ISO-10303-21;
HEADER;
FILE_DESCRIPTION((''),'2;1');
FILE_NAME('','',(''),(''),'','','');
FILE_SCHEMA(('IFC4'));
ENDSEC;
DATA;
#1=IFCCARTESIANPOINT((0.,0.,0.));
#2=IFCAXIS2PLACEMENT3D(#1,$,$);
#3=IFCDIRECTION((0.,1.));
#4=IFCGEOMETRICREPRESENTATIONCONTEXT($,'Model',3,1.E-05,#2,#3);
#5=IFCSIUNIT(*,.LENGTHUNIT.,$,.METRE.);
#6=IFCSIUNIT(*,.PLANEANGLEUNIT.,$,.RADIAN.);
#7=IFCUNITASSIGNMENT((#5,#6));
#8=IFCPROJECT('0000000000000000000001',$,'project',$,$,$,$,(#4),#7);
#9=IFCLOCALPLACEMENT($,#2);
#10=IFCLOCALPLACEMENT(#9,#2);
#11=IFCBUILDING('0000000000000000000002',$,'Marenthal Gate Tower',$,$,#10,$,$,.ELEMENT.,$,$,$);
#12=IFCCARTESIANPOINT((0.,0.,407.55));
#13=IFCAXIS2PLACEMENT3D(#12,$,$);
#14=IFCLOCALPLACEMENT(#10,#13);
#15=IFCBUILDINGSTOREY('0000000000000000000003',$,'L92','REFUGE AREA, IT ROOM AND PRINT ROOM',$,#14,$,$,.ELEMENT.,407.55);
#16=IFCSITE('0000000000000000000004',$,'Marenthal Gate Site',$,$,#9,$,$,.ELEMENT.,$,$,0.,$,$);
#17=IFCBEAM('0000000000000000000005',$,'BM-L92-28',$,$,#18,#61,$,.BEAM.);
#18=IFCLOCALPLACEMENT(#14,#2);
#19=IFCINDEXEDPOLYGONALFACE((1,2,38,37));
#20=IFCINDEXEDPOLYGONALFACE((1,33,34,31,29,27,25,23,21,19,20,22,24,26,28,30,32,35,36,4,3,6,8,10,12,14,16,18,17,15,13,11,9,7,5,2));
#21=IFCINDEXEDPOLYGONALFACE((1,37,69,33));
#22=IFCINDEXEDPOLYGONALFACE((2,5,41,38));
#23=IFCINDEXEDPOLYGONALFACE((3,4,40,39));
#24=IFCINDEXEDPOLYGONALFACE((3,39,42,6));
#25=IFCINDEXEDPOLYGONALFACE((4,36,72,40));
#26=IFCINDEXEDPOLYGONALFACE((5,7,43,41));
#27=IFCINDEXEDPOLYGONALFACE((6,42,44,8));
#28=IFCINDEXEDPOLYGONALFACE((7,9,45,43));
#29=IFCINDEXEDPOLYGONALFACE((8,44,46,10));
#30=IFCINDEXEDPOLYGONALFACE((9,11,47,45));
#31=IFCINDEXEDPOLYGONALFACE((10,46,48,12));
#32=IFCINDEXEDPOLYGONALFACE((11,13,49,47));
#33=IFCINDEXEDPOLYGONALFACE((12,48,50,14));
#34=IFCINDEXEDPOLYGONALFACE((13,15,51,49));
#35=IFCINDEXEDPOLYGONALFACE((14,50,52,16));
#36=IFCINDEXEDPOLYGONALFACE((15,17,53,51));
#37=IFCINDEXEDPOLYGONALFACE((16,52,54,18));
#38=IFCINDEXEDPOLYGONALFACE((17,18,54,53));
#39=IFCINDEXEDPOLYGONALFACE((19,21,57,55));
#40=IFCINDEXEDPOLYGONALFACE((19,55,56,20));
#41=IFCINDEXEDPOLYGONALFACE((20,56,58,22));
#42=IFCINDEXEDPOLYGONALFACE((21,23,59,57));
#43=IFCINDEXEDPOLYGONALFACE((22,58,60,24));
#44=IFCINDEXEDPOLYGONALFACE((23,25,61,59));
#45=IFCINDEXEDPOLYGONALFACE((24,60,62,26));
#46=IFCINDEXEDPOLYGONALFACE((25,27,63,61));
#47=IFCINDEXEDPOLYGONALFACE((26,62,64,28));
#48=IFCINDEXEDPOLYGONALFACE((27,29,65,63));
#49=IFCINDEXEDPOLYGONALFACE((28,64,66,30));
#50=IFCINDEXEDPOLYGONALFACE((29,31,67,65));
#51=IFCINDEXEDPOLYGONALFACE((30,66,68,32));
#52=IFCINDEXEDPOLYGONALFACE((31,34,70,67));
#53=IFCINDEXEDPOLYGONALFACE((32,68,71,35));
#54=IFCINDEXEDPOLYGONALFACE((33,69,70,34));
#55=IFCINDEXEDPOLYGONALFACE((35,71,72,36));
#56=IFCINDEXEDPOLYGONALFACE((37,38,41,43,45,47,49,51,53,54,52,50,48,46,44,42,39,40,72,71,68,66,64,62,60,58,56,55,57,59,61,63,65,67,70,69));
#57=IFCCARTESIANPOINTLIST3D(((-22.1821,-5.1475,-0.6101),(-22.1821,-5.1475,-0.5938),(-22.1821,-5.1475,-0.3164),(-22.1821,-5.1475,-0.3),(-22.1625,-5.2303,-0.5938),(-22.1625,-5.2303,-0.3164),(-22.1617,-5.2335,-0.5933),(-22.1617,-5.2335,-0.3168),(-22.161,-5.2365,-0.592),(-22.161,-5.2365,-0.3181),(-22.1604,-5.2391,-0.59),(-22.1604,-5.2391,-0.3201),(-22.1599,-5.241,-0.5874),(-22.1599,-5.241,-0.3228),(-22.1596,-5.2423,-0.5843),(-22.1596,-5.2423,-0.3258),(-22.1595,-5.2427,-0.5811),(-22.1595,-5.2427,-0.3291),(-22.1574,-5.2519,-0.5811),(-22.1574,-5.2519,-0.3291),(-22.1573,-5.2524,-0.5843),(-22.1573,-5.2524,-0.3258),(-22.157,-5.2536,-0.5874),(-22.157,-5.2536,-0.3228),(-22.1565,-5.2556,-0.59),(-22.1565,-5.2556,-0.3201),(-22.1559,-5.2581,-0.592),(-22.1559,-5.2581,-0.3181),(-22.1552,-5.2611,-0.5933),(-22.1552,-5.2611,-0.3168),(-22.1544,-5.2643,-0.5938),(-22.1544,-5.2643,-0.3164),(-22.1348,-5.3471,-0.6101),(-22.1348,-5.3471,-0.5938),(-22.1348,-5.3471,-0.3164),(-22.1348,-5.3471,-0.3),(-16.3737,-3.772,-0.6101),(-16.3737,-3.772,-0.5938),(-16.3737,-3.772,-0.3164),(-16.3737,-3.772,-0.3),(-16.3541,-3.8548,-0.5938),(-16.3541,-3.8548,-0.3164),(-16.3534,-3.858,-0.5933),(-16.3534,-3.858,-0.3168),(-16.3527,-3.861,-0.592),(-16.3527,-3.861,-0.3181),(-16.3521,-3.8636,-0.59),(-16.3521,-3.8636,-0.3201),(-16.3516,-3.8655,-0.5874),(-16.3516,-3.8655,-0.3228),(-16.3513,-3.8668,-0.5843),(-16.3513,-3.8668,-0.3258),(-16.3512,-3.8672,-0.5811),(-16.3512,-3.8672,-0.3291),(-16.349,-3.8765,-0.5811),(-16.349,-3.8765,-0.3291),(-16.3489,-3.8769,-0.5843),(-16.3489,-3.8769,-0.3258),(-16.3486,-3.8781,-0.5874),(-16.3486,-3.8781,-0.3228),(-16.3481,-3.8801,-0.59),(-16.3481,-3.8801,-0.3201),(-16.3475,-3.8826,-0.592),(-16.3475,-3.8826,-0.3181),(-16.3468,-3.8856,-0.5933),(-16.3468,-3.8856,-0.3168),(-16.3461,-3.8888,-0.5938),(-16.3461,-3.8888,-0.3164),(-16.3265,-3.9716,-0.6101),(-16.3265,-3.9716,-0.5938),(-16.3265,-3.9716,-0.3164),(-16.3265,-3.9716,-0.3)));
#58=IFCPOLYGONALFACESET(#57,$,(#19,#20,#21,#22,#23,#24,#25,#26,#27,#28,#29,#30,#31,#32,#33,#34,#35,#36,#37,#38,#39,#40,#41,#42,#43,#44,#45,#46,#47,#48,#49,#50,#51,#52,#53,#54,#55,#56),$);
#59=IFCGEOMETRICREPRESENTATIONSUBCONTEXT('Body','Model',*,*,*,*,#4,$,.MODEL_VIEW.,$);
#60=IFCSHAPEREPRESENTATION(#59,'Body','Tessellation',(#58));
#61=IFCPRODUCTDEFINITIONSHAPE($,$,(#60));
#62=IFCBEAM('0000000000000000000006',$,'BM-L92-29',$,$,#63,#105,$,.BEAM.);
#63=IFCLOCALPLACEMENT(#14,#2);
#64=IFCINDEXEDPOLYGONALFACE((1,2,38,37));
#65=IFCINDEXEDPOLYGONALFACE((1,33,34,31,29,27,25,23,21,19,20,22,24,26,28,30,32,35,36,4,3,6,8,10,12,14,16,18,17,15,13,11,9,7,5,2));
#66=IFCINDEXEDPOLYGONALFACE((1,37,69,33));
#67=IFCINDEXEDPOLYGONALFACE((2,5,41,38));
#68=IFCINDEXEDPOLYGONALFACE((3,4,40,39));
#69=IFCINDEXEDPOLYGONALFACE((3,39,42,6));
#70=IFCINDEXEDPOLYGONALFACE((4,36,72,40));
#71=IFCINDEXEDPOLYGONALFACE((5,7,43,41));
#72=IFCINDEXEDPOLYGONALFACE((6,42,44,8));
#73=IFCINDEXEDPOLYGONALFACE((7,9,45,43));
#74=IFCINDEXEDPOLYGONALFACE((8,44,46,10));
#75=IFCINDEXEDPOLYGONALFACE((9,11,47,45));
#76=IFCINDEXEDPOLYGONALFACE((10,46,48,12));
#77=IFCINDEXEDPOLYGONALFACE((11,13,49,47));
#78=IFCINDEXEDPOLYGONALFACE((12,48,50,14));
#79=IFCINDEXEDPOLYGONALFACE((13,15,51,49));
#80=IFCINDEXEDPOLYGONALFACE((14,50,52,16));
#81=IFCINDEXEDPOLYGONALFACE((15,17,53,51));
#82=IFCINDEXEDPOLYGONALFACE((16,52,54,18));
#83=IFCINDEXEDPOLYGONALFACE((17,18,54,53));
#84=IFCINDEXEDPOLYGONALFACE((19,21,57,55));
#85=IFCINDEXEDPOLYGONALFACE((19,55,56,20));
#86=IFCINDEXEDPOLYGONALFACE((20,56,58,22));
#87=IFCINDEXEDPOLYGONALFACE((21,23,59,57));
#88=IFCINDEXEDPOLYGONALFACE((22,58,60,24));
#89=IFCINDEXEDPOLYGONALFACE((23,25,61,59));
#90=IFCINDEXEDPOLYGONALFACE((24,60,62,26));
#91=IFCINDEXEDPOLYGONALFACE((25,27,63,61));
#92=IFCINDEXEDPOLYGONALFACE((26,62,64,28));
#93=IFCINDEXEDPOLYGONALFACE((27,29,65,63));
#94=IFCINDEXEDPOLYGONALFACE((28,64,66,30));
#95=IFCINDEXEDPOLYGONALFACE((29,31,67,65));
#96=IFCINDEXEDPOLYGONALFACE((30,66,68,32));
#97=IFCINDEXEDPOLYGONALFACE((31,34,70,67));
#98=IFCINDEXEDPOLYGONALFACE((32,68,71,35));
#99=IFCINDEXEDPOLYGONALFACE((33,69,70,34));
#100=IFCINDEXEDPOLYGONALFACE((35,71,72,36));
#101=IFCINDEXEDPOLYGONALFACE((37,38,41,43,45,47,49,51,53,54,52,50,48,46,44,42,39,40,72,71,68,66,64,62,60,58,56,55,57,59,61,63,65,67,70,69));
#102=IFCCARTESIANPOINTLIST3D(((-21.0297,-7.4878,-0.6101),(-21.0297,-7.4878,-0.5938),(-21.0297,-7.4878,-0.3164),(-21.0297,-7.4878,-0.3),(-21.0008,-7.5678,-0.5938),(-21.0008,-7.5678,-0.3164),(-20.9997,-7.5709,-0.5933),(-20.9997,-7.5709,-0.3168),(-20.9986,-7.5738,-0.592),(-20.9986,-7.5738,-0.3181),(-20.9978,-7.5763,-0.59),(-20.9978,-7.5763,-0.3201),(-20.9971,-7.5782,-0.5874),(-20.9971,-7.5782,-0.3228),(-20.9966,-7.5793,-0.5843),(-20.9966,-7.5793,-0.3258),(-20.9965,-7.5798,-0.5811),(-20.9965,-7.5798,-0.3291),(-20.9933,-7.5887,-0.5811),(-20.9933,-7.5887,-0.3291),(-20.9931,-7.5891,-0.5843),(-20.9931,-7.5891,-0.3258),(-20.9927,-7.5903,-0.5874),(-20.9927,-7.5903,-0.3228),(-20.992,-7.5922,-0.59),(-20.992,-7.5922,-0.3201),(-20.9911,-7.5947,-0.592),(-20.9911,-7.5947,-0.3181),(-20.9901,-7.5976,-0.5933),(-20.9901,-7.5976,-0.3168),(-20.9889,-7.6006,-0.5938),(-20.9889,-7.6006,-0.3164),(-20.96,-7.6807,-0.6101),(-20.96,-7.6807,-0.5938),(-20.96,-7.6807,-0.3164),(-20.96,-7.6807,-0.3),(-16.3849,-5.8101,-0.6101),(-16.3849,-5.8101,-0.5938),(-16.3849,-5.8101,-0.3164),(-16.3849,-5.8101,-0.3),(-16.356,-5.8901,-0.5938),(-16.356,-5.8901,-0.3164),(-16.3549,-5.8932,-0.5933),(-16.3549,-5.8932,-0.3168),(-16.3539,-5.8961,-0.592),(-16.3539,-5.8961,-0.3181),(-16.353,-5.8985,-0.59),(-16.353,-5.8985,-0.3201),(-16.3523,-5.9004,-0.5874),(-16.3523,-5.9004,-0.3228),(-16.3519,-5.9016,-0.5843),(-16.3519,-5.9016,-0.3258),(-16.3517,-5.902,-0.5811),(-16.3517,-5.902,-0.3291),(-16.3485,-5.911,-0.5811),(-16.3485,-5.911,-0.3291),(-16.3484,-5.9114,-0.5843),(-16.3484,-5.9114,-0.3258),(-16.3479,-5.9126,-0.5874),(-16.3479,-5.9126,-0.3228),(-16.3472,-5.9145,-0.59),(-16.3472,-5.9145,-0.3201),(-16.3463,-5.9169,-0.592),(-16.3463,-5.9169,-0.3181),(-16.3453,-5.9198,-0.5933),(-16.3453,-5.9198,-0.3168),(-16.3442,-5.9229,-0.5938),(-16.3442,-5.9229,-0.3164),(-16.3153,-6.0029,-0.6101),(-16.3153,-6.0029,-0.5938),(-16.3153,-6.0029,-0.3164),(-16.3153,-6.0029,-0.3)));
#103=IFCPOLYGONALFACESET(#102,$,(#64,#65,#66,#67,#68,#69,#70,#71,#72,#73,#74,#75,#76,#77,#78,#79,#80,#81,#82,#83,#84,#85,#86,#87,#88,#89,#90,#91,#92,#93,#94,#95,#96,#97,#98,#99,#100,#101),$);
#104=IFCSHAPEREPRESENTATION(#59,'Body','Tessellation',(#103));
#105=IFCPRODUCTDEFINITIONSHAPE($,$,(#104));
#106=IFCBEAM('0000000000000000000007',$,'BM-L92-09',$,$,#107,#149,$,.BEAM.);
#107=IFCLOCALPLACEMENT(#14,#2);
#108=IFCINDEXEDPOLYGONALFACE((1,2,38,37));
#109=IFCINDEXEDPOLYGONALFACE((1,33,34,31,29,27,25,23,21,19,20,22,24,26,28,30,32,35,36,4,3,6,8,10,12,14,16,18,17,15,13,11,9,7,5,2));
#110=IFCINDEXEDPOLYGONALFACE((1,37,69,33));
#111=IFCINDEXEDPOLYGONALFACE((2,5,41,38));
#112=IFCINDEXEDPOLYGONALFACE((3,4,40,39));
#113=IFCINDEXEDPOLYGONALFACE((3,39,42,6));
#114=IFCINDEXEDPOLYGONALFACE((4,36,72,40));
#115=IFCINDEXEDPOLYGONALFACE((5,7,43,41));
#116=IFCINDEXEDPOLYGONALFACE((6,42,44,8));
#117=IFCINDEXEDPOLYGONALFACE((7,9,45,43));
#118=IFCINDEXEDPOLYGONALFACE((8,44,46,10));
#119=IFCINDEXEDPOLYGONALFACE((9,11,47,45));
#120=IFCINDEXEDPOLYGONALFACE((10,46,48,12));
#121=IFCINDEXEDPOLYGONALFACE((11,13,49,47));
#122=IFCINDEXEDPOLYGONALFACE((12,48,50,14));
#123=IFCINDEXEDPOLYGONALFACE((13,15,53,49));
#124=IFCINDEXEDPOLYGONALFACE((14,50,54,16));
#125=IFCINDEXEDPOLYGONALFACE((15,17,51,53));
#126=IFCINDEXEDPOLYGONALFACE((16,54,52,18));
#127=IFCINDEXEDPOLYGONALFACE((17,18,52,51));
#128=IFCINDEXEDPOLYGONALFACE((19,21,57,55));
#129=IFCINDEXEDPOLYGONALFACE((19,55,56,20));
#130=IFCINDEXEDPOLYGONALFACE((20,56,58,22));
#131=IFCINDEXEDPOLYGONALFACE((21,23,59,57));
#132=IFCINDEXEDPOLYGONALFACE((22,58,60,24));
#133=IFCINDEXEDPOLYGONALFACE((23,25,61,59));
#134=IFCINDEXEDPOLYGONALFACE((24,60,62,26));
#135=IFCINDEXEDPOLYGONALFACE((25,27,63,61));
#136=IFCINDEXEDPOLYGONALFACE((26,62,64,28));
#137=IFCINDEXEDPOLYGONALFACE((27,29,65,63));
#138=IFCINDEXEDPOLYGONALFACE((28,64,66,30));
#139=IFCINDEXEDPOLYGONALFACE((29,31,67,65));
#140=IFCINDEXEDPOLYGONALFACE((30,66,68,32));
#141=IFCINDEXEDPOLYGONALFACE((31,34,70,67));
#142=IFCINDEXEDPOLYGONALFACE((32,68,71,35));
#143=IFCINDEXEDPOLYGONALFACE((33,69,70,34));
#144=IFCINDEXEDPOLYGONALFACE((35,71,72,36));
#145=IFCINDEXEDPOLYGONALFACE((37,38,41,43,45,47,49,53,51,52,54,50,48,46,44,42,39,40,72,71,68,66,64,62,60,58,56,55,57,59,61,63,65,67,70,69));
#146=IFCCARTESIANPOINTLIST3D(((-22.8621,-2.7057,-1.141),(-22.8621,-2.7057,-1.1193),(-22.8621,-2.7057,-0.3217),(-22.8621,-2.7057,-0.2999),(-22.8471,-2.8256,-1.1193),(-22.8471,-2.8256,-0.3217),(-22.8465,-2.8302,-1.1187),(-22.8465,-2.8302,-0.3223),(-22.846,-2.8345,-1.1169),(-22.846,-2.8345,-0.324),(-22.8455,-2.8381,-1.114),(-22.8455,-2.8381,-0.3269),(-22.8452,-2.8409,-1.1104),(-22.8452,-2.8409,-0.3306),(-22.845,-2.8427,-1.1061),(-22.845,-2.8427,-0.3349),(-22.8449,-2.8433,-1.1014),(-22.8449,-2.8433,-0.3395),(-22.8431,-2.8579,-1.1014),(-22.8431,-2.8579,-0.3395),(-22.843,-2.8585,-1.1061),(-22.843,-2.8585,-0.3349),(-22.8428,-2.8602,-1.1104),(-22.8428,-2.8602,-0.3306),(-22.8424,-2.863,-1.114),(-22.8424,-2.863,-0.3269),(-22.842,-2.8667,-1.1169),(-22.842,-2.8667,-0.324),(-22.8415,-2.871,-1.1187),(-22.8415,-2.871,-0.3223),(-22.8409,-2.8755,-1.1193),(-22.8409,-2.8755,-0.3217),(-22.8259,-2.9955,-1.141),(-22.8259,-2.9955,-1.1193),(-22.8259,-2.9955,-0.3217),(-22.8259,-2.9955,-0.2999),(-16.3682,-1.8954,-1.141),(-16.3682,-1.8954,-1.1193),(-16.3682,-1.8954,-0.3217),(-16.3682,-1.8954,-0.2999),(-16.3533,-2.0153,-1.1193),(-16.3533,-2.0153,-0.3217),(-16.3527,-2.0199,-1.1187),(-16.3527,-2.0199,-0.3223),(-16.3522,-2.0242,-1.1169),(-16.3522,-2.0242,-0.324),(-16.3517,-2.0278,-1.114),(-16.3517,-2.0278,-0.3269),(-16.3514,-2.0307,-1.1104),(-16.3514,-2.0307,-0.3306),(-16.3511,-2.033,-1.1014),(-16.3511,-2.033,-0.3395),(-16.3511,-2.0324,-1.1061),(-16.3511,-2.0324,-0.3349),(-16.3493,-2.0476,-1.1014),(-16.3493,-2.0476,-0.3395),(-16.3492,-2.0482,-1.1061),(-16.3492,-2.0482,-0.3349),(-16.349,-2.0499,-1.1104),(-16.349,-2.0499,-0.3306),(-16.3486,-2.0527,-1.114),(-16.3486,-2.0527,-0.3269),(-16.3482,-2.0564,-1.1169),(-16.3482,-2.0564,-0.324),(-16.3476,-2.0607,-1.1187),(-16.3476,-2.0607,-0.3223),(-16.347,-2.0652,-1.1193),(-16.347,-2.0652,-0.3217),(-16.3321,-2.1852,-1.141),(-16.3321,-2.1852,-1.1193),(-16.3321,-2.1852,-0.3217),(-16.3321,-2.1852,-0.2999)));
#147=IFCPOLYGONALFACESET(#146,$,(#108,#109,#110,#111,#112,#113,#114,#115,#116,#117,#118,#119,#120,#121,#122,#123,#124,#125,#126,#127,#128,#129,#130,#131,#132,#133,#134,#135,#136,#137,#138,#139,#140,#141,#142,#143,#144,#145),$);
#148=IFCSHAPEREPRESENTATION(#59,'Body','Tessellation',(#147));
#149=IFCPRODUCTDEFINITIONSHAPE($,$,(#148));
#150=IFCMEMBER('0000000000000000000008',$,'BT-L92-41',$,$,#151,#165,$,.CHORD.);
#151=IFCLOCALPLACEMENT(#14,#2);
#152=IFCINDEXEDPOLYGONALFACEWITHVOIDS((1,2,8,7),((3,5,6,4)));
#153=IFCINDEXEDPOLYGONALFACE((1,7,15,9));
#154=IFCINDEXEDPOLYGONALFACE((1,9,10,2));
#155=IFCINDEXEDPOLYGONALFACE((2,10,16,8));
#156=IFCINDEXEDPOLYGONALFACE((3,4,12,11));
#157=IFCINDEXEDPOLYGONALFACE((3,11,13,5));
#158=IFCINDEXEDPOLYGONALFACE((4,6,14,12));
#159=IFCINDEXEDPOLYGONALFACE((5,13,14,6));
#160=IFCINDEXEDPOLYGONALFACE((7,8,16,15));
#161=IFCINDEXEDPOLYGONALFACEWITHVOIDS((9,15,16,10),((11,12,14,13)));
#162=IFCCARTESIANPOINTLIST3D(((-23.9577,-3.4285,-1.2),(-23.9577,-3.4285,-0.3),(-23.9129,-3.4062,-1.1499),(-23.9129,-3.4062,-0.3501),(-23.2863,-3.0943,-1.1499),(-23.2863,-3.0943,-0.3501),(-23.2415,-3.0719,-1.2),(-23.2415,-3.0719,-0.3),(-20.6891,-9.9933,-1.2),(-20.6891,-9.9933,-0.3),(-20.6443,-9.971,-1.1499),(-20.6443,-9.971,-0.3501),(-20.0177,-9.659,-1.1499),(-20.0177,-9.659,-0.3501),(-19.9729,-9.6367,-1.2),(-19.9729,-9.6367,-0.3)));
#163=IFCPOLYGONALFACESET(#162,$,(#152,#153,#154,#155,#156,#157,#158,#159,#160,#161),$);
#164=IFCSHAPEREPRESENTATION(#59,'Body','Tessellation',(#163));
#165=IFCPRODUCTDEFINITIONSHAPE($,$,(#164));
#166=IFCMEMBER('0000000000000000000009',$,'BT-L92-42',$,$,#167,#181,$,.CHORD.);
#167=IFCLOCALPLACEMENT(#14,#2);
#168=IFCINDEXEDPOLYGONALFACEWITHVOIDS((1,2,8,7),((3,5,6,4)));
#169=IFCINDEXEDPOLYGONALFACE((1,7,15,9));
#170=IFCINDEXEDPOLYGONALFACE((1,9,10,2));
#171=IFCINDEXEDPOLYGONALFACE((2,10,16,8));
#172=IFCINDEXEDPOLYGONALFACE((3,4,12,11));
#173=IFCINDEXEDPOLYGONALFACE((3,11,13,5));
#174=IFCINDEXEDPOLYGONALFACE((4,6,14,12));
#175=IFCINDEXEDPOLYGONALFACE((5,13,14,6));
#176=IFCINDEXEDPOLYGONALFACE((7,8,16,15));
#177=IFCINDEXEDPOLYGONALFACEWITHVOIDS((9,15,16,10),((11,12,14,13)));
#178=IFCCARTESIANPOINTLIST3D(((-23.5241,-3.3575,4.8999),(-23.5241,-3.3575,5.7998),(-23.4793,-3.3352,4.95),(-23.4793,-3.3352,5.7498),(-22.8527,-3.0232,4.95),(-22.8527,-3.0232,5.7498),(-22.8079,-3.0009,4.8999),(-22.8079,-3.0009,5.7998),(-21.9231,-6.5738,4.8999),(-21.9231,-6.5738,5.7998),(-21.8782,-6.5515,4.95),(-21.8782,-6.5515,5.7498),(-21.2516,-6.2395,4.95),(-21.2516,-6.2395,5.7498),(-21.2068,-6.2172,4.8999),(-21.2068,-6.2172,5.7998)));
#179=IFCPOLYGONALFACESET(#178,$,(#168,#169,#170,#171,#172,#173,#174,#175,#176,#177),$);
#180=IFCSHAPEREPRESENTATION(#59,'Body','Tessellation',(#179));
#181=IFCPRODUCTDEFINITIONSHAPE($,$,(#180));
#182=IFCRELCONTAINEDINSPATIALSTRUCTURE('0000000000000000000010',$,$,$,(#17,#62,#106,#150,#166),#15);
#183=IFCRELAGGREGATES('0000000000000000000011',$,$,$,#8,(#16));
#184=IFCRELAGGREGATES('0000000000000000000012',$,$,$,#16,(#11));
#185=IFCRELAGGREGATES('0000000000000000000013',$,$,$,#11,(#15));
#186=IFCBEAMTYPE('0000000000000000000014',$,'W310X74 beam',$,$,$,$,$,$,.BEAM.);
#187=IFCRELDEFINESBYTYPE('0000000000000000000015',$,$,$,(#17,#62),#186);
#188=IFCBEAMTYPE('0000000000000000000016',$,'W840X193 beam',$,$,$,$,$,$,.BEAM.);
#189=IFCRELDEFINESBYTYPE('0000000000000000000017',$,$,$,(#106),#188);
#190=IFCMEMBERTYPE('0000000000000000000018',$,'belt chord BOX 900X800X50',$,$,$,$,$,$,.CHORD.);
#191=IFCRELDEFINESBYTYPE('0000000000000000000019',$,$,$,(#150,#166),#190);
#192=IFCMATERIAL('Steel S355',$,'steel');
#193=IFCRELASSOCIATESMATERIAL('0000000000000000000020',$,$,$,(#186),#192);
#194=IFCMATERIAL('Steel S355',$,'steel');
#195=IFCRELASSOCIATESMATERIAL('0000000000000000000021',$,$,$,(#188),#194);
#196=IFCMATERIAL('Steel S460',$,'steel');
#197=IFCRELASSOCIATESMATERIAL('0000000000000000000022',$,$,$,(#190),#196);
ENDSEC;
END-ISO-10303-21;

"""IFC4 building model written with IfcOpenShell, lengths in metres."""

from ifc_helpers import new_model, si_unit, direction, frame, origin, origin_2d, place, context, subcontext, project, spatial, hollow_rectangle, i_section, extrude, material, material_profile, profile_set, type_object, element, save


model = new_model("IFC4")

# Units and contexts
model_context = context("Model", 3, precision=1e-05, world=origin(), true_north=direction((0.0, 1.0)))
body_context = subcontext(model_context, "Body", "Model", "MODEL_VIEW")
ifc_project = project(units=[si_unit("LENGTHUNIT", "METRE"), si_unit("PLANEANGLEUNIT", "RADIAN")], contexts=[model_context])

# Site, building, storey
site_placement = place(None, origin())
site = spatial("IfcSite", under=ifc_project, at=site_placement, Name="Marenthal Gate Site", CompositionType="ELEMENT", RefElevation=0.0)
building_placement = place(site_placement, origin())
building = spatial("IfcBuilding", under=site, at=building_placement, Name="Marenthal Gate Tower", CompositionType="ELEMENT")
storey_placement = place(building_placement, frame((0.0, 0.0, 407.55)))
storey = spatial("IfcBuildingStorey", under=building, at=storey_placement, Name="L92", Description="REFUGE AREA, IT ROOM AND PRINT ROOM", CompositionType="ELEMENT", Elevation=407.55)

# Beams
ifc_material_1 = material(Name="Steel S355", Category="steel")
ifc_material_profile_1 = material_profile(ifc_material_1, i_section(OverallWidth=0.2051, OverallDepth=0.3101, WebThickness=0.0095, FlangeThickness=0.0164, FilletRadius=0.0127, at=origin_2d()), Name="W310X74")
ifc_profile_set_1 = profile_set([ifc_material_profile_1], Name="Steel S355")
beam_type_1 = type_object("IfcBeamType", Name="W310X74 beam", PredefinedType="BEAM", material=ifc_profile_set_1)
beam_1_placement = place(storey_placement, frame((-22.1584, -5.2473, -0.4551), z_axis=(0.973087, 0.230439, 0.0), x_axis=(-0.230439, 0.973087, 0.0)))
element("IfcBeam", 1, at=beam_1_placement, inside=storey, type_object=beam_type_1, Name="BM-L92-28", PredefinedType="BEAM", context=body_context, shape_type="SweptSolid", body=[
    extrude(i_section(OverallWidth=0.2051, OverallDepth=0.3101, WebThickness=0.0095, FlangeThickness=0.0164, FilletRadius=0.0127, at=origin_2d()), origin(), (0.0, 0.0, 1.0), 5.969),
])
beam_2_placement = place(storey_placement, frame((-20.9949, -7.5842, -0.4551), z_axis=(0.940525, 0.339726, 0.0), x_axis=(-0.339726, 0.940525, 0.0)))
element("IfcBeam", 2, at=beam_2_placement, inside=storey, type_object=beam_type_1, Name="BM-L92-29", PredefinedType="BEAM", context=body_context, shape_type="SweptSolid", body=[
    extrude(i_section(OverallWidth=0.2051, OverallDepth=0.3101, WebThickness=0.0095, FlangeThickness=0.0164, FilletRadius=0.0127, at=origin_2d()), origin(), (0.0, 0.0, 1.0), 4.9385),
])
ifc_material_2 = material(Name="Steel S355", Category="steel")
ifc_material_profile_2 = material_profile(ifc_material_2, i_section(OverallWidth=0.292, OverallDepth=0.8411, WebThickness=0.0146, FlangeThickness=0.0217, FilletRadius=0.0178, at=origin_2d()), Name="W840X193")
ifc_profile_set_2 = profile_set([ifc_material_profile_2], Name="Steel S355")
beam_type_2 = type_object("IfcBeamType", Name="W840X193 beam", PredefinedType="BEAM", material=ifc_profile_set_2)
beam_3_placement = place(storey_placement, frame((-22.844, -2.8506, -0.7205), z_axis=(0.992305, 0.123819, 0.0), x_axis=(-0.123819, 0.992305, 0.0)))
element("IfcBeam", 3, at=beam_3_placement, inside=storey, type_object=beam_type_2, Name="BM-L92-09", PredefinedType="BEAM", context=body_context, shape_type="SweptSolid", body=[
    extrude(i_section(OverallWidth=0.292, OverallDepth=0.8411, WebThickness=0.0146, FlangeThickness=0.0217, FilletRadius=0.0178, at=origin_2d()), origin(), (0.0, 0.0, 1.0), 6.5442),
])

# Members
ifc_material_3 = material(Name="Steel S460", Category="steel")
ifc_material_profile_3 = material_profile(ifc_material_3, hollow_rectangle(XDim=0.8, YDim=0.8999, WallThickness=0.05, at=origin_2d()), Name="BOX 900X800X50")
ifc_profile_set_3 = profile_set([ifc_material_profile_3], Name="Steel S460")
member_type_1 = type_object("IfcMemberType", Name="belt chord BOX 900X800X50", PredefinedType="CHORD", material=ifc_profile_set_3)
member_1_placement = place(storey_placement, frame((-23.5996, -3.2502, -0.75), z_axis=(0.445708, -0.895178, 0.0), x_axis=(0.895178, 0.445708, 0.0)))
element("IfcMember", 4, at=member_1_placement, inside=storey, type_object=member_type_1, Name="BT-L92-41", PredefinedType="CHORD", context=body_context, shape_type="SweptSolid", body=[
    extrude(hollow_rectangle(XDim=0.8, YDim=0.8999, WallThickness=0.05, at=origin_2d()), origin(), (0.0, 0.0, 1.0), 7.3335),
])
member_2_placement = place(storey_placement, frame((-23.166, -3.1792, 5.3499), z_axis=(0.445636, -0.895214, 0.0), x_axis=(0.895214, 0.445636, 0.0)))
element("IfcMember", 5, at=member_2_placement, inside=storey, type_object=member_type_1, Name="BT-L92-42", PredefinedType="CHORD", context=body_context, shape_type="SweptSolid", body=[
    extrude(hollow_rectangle(XDim=0.8, YDim=0.8999, WallThickness=0.05, at=origin_2d()), origin(), (0.0, 0.0, 1.0), 3.5928),
])

save(model, "model.ifc")
